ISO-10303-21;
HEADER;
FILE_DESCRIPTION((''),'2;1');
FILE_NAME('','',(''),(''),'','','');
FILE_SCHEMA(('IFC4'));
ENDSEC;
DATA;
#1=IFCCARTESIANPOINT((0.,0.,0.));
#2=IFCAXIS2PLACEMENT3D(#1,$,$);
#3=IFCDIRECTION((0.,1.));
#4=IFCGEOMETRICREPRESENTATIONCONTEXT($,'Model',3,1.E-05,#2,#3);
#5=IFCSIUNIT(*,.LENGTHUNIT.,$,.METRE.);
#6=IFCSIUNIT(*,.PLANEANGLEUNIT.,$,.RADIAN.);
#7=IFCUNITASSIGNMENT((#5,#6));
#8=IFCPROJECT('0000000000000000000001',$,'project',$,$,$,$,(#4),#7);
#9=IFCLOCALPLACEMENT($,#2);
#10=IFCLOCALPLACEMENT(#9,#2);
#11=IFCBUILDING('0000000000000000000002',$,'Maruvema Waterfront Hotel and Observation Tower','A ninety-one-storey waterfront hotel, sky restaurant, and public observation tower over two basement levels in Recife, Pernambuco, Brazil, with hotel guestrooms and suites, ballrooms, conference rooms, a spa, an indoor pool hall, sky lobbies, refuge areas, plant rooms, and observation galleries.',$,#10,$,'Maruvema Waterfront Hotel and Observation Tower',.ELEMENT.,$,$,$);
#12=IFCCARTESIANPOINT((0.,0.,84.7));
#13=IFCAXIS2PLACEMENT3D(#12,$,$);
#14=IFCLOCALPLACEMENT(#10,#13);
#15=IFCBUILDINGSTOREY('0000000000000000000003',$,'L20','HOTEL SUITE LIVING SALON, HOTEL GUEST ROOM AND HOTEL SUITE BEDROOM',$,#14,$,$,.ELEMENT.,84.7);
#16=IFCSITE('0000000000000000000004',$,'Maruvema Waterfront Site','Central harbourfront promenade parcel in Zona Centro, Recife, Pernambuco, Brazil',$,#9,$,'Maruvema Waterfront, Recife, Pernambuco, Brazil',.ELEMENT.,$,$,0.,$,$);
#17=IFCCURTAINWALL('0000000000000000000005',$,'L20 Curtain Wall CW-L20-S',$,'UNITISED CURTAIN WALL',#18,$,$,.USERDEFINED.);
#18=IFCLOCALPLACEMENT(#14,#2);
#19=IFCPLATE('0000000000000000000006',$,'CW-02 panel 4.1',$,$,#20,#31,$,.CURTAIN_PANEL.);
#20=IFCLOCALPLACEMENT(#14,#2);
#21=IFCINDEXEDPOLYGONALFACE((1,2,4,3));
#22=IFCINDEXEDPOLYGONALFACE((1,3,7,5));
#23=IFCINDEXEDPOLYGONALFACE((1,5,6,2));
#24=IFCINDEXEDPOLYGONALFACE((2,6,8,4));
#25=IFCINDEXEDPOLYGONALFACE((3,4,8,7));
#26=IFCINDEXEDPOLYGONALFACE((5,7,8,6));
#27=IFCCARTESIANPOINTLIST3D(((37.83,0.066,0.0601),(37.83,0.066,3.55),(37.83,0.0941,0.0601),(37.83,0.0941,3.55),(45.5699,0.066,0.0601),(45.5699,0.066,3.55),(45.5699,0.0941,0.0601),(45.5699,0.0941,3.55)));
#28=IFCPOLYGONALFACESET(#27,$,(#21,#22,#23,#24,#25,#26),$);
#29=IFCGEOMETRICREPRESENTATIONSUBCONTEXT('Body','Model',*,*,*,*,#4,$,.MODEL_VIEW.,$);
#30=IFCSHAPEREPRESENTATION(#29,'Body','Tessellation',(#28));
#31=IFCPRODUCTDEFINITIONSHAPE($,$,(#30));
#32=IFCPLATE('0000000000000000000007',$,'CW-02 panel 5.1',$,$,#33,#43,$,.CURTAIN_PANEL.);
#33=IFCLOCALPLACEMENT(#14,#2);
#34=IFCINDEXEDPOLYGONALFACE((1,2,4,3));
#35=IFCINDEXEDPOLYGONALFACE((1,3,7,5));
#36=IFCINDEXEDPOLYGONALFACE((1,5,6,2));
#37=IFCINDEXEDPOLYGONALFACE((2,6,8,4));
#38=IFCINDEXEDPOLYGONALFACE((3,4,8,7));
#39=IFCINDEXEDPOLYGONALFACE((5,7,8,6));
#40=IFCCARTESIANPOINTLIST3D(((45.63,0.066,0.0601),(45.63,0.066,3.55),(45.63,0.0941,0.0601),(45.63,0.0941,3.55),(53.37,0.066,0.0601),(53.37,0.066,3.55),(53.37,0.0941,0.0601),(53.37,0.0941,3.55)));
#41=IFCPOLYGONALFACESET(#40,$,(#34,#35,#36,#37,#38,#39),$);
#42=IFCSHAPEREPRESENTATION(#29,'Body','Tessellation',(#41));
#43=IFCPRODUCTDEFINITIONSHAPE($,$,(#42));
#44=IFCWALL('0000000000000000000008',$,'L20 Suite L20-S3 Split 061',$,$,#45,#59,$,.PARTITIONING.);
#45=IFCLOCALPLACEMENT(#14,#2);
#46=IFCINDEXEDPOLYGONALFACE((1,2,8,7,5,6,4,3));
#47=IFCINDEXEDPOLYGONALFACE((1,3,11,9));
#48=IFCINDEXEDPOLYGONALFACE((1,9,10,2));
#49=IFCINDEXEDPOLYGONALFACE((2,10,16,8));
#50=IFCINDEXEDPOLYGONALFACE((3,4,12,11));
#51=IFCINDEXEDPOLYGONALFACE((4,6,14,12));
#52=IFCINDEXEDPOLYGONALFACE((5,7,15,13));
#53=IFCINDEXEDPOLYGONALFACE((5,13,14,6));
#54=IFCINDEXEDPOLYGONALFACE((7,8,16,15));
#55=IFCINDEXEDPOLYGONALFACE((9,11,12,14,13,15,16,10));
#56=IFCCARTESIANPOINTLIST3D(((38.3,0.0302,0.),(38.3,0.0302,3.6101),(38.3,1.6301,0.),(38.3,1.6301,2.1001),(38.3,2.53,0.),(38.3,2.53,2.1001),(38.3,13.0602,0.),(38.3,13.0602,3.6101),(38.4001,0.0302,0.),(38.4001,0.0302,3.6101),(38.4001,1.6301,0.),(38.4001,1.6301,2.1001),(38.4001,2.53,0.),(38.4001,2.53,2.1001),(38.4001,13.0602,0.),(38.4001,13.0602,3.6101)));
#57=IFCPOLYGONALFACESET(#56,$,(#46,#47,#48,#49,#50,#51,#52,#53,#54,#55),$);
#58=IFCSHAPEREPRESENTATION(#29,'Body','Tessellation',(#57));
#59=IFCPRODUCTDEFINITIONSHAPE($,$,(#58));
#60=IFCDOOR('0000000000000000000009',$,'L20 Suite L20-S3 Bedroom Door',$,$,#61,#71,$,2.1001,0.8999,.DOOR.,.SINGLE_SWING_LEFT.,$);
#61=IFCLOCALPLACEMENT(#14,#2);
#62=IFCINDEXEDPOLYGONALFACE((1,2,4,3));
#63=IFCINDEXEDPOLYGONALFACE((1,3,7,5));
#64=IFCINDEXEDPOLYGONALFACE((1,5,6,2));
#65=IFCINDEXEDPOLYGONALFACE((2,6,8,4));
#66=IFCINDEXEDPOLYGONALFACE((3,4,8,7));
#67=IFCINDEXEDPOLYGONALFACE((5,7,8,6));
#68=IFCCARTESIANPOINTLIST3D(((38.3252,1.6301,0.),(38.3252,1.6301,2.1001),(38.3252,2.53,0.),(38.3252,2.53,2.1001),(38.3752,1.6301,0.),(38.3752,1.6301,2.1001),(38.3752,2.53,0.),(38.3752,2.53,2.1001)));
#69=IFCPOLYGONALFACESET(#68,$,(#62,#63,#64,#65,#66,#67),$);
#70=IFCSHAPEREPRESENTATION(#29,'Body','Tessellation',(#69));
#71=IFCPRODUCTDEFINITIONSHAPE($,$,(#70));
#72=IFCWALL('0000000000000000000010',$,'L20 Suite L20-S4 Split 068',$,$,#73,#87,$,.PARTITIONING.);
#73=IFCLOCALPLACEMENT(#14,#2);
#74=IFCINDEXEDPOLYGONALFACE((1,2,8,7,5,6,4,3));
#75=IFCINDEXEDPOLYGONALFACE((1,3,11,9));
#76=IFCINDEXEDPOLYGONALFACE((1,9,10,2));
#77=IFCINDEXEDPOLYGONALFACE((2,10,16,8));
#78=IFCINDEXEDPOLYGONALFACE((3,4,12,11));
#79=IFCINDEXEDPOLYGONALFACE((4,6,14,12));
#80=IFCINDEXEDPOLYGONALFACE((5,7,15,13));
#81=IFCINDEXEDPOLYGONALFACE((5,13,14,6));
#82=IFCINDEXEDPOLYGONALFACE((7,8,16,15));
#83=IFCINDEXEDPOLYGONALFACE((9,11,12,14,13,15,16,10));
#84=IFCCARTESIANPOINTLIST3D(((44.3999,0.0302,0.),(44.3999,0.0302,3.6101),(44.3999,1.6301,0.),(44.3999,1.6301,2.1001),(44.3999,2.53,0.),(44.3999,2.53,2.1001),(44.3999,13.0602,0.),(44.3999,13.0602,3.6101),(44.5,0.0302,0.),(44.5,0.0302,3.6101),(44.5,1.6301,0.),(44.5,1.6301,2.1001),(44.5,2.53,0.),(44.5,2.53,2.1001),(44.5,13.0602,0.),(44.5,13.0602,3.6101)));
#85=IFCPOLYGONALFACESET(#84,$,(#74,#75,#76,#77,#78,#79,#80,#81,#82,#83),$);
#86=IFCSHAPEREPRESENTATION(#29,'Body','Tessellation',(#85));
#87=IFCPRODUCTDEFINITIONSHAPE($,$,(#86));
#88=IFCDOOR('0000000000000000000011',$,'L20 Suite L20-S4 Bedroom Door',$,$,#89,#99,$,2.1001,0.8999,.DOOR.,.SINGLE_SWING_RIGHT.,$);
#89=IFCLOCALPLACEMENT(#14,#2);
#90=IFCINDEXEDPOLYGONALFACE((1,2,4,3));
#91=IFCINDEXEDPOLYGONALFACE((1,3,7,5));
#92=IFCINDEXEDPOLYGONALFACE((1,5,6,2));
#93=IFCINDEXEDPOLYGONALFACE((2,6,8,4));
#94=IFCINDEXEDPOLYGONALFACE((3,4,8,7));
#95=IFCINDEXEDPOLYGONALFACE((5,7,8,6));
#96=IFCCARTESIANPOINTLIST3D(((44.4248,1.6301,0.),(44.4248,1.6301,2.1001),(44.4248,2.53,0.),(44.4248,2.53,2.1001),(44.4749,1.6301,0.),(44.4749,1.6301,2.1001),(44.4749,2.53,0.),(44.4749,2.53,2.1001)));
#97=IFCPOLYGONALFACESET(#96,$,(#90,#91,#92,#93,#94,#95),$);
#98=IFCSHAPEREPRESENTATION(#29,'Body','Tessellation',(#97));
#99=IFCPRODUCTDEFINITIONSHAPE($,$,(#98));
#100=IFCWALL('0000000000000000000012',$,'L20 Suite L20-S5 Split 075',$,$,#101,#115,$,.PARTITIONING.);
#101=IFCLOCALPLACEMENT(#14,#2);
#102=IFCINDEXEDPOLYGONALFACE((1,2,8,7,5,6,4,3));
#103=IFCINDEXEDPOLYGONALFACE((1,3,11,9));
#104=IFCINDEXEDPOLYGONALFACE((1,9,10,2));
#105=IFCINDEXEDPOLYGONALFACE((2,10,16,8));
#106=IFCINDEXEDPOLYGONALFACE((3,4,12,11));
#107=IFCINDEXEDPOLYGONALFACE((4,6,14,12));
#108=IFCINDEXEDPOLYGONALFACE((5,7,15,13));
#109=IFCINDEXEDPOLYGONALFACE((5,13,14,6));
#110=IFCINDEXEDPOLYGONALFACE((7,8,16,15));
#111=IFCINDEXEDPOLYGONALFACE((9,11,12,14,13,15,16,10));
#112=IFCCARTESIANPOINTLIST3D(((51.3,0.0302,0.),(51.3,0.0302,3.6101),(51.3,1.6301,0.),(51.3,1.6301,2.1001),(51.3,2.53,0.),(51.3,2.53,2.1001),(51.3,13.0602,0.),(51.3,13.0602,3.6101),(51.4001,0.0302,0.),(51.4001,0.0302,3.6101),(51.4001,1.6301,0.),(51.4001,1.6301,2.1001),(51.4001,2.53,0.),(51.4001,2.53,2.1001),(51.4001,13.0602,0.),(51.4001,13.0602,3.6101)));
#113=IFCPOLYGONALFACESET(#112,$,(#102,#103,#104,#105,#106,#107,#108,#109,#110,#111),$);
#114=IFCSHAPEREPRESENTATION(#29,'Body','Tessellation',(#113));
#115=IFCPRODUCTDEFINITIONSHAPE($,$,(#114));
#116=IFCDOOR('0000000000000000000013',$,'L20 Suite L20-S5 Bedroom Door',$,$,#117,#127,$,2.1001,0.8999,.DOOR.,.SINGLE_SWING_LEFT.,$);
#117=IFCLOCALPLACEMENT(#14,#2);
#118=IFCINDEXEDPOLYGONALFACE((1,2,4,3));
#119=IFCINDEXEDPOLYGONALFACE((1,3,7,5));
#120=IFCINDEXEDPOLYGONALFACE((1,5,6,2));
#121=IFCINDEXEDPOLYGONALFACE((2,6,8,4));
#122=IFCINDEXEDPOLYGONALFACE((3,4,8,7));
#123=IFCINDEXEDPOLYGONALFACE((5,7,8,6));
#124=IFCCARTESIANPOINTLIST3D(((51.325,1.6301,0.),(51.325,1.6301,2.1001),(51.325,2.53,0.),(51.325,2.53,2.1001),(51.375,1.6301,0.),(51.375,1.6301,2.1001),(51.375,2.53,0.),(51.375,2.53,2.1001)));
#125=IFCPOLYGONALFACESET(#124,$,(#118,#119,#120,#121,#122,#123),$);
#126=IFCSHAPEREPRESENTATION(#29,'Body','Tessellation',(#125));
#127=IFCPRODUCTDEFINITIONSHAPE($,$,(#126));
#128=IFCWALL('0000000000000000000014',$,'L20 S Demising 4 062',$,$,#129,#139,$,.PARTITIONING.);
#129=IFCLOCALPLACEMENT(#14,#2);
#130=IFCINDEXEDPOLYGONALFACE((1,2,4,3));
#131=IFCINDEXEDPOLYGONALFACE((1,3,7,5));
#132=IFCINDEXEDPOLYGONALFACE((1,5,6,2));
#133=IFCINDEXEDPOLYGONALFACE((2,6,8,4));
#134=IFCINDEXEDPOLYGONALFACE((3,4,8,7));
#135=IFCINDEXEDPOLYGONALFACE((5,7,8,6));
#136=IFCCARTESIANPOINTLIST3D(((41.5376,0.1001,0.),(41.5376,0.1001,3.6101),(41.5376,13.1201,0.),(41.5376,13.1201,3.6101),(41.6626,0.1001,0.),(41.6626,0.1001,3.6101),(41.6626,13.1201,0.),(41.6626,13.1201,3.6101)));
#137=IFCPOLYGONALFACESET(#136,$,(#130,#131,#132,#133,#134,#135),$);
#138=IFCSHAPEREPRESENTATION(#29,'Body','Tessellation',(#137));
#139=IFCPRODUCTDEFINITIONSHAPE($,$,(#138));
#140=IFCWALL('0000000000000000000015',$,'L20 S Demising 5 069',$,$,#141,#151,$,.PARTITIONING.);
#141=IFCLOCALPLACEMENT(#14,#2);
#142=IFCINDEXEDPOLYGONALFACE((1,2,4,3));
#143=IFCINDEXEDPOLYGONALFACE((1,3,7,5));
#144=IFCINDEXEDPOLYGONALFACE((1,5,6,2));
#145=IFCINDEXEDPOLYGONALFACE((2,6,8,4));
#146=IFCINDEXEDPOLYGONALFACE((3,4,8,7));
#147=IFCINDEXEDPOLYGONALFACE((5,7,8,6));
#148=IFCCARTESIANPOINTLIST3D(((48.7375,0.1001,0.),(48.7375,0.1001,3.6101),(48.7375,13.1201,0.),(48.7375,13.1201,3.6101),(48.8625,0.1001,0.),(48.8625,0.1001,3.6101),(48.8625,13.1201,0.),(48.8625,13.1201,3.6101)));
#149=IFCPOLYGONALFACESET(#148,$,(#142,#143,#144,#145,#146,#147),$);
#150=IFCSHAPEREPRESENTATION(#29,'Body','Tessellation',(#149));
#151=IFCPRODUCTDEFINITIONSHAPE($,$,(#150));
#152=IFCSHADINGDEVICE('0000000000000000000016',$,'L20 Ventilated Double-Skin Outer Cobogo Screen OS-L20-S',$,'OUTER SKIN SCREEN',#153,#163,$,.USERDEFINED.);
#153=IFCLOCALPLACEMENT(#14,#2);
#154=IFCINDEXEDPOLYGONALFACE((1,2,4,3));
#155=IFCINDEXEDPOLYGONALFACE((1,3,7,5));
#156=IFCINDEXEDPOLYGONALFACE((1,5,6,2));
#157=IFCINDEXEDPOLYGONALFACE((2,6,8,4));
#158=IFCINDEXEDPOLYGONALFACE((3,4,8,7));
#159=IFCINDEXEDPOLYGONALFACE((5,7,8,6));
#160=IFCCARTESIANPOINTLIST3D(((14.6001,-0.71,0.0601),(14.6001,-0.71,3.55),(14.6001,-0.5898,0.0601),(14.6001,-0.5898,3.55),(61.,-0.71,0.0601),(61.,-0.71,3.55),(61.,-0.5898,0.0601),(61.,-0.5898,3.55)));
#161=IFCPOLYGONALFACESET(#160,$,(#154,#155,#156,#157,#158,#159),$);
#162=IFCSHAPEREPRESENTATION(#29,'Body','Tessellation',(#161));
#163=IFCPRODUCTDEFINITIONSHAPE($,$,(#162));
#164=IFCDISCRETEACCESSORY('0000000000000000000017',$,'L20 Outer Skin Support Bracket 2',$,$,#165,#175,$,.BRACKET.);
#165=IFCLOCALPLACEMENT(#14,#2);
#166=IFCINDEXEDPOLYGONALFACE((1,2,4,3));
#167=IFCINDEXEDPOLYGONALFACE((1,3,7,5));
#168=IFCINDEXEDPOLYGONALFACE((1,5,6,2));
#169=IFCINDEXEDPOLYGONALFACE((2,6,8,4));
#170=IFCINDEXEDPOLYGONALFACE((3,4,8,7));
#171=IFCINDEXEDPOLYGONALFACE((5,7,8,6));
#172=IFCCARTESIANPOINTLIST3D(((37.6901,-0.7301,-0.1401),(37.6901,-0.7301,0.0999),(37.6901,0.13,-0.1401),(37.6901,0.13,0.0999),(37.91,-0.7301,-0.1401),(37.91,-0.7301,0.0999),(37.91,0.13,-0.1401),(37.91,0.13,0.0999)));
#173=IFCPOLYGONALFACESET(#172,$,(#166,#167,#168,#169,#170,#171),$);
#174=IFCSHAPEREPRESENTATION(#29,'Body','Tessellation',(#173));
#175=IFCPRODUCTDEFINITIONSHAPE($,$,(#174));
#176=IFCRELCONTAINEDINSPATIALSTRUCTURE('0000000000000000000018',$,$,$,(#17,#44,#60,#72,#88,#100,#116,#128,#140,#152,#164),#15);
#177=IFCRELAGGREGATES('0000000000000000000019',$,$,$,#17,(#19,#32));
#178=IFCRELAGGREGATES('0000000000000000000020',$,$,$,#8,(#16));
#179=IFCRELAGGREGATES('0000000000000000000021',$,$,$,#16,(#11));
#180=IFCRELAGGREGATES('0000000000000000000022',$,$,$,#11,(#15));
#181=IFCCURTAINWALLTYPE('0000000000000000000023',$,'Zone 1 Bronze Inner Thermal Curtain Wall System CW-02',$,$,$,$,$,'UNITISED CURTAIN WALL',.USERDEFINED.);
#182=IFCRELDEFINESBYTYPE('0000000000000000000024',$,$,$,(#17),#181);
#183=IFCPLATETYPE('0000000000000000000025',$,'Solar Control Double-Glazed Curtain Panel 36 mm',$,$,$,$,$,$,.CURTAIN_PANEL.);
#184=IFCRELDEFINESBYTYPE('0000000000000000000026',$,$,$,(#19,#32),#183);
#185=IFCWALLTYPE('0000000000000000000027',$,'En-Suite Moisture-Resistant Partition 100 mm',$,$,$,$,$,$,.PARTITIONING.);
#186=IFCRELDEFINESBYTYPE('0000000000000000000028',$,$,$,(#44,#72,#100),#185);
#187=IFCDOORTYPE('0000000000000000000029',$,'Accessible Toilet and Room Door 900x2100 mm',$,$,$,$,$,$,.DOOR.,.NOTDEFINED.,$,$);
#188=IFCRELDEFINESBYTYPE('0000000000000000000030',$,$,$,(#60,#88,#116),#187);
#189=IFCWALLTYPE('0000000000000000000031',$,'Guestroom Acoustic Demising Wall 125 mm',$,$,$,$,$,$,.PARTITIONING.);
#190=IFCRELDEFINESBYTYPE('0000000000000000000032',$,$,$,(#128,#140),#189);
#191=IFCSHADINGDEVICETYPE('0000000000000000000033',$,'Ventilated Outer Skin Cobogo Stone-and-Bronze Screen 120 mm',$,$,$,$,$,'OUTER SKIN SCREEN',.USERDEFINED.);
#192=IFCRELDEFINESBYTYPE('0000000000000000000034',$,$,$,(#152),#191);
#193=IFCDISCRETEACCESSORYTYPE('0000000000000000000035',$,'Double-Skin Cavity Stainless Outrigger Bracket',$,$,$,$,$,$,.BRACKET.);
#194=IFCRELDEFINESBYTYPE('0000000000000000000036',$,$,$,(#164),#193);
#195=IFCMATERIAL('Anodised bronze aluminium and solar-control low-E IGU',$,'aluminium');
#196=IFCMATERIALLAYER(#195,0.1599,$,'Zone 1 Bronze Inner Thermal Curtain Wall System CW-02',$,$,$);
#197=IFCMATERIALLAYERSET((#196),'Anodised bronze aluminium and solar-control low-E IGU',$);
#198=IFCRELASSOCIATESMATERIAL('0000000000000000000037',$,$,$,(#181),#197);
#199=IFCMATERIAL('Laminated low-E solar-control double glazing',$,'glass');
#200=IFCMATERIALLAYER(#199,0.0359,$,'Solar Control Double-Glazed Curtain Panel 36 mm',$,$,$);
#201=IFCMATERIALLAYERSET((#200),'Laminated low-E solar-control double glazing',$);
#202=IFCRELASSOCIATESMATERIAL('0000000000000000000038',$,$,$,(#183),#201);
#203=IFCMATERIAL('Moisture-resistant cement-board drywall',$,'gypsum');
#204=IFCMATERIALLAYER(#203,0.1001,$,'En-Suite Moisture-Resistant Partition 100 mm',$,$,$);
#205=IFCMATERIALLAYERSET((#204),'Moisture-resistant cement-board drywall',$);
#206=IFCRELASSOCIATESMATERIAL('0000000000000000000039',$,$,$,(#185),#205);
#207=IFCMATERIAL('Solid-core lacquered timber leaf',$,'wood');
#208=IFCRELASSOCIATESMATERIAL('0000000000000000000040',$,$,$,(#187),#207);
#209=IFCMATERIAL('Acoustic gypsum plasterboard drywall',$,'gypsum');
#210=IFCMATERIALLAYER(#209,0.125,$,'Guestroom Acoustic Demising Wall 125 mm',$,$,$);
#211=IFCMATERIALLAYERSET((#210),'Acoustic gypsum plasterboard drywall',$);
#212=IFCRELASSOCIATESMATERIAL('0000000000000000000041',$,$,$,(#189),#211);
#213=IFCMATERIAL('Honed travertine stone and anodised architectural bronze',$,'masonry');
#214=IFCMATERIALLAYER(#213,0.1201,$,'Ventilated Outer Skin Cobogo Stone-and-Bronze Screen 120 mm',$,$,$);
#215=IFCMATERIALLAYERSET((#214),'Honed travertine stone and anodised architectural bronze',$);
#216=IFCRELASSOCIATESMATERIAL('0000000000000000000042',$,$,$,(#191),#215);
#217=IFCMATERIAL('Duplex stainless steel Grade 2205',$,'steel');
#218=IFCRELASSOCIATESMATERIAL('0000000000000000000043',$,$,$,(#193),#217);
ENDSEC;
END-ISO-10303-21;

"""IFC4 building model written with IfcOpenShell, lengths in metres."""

from ifc_helpers import new_model, si_unit, direction, frame, frame_2d, origin, origin_2d, place, context, subcontext, project, spatial, rectangle, extrude, material, layer, layer_set, type_object, element, fill, aggregate, save


model = new_model("IFC4")

# Units and contexts
model_context = context("Model", 3, precision=1e-05, world=origin(), true_north=direction((0.0, 1.0)))
body_context = subcontext(model_context, "Body", "Model", "MODEL_VIEW")
ifc_project = project(units=[si_unit("LENGTHUNIT", "METRE"), si_unit("PLANEANGLEUNIT", "RADIAN")], contexts=[model_context])

# Site, building, storey
site_placement = place(None, origin())
site = spatial("IfcSite", under=ifc_project, at=site_placement, Name="Maruvema Waterfront Site", Description="Central harbourfront promenade parcel in Zona Centro, Recife, Pernambuco, Brazil", LongName="Maruvema Waterfront, Recife, Pernambuco, Brazil", CompositionType="ELEMENT", RefElevation=0.0)
building_placement = place(site_placement, origin())
building = spatial("IfcBuilding", under=site, at=building_placement, Name="Maruvema Waterfront Hotel and Observation Tower", Description="A ninety-one-storey waterfront hotel, sky restaurant, and public observation tower over two basement levels in Recife, Pernambuco, Brazil, with hotel guestrooms and suites, ballrooms, conference rooms, a spa, an indoor pool hall, sky lobbies, refuge areas, plant rooms, and observation galleries.", LongName="Maruvema Waterfront Hotel and Observation Tower", CompositionType="ELEMENT")
storey_placement = place(building_placement, frame((0.0, 0.0, 84.7)))
storey = spatial("IfcBuildingStorey", under=building, at=storey_placement, Name="L20", Description="HOTEL SUITE LIVING SALON, HOTEL GUEST ROOM AND HOTEL SUITE BEDROOM", CompositionType="ELEMENT", Elevation=84.7)

# Curtain wall
ifc_material_1 = material(Name="Anodised bronze aluminium and solar-control low-E IGU", Category="aluminium")
ifc_layer_1 = layer(ifc_material_1, 0.1599, Name="Zone 1 Bronze Inner Thermal Curtain Wall System CW-02")
ifc_layer_set_1 = layer_set([ifc_layer_1], Name="Anodised bronze aluminium and solar-control low-E IGU")
curtain_wall_type = type_object("IfcCurtainWallType", Name="Zone 1 Bronze Inner Thermal Curtain Wall System CW-02", ElementType="UNITISED CURTAIN WALL", PredefinedType="USERDEFINED", material=ifc_layer_set_1)
curtain_wall_placement = place(storey_placement, origin())
curtain_wall = element("IfcCurtainWall", 1, at=curtain_wall_placement, inside=storey, type_object=curtain_wall_type, Name="L20 Curtain Wall CW-L20-S", ObjectType="UNITISED CURTAIN WALL", PredefinedType="USERDEFINED")

# Plates
ifc_material_2 = material(Name="Laminated low-E solar-control double glazing", Category="glass")
ifc_layer_2 = layer(ifc_material_2, 0.0359, Name="Solar Control Double-Glazed Curtain Panel 36 mm")
ifc_layer_set_2 = layer_set([ifc_layer_2], Name="Laminated low-E solar-control double glazing")
plate_type = type_object("IfcPlateType", Name="Solar Control Double-Glazed Curtain Panel 36 mm", PredefinedType="CURTAIN_PANEL", material=ifc_layer_set_2)
plate_1_placement = place(storey_placement, frame((41.7, 0.0801, 0.0601), z_axis=(0.0, 0.0, 1.0), x_axis=(1.0, 0.0, 0.0)))
plate_1 = element("IfcPlate", 2, at=plate_1_placement, type_object=plate_type, Name="CW-02 panel 4.1", PredefinedType="CURTAIN_PANEL", context=body_context, shape_type="SweptSolid", body=[
    extrude(rectangle(XDim=7.74, YDim=0.0281, at=origin_2d()), origin(), (0.0, 0.0, 1.0), 3.49),
])
plate_2_placement = place(storey_placement, frame((49.5, 0.0801, 0.0601), z_axis=(0.0, 0.0, 1.0), x_axis=(1.0, 0.0, 0.0)))
plate_2 = element("IfcPlate", 3, at=plate_2_placement, type_object=plate_type, Name="CW-02 panel 5.1", PredefinedType="CURTAIN_PANEL", context=body_context, shape_type="SweptSolid", body=[
    extrude(rectangle(XDim=7.74, YDim=0.0281, at=origin_2d()), origin(), (0.0, 0.0, 1.0), 3.49),
])
aggregate(curtain_wall, [plate_1, plate_2])

# Walls, openings, doors
ifc_material_3 = material(Name="Moisture-resistant cement-board drywall", Category="gypsum")
ifc_layer_3 = layer(ifc_material_3, 0.1001, Name="En-Suite Moisture-Resistant Partition 100 mm")
ifc_layer_set_3 = layer_set([ifc_layer_3], Name="Moisture-resistant cement-board drywall")
wall_type_1 = type_object("IfcWallType", Name="En-Suite Moisture-Resistant Partition 100 mm", PredefinedType="PARTITIONING", material=ifc_layer_set_3)
wall_1_placement = place(storey_placement, frame((38.3501, 0.03, 0.0), z_axis=(0.0, 0.0, 1.0), x_axis=(0.0, 1.0, 0.0)))
wall_1 = element("IfcWall", 4, at=wall_1_placement, inside=storey, type_object=wall_type_1, Name="L20 Suite L20-S3 Split 061", PredefinedType="PARTITIONING", context=body_context, shape_type="SweptSolid", body=[
    extrude(rectangle(XDim=13.03, YDim=0.1001, at=frame_2d((6.5151, 0.0))), origin(), (0.0, 0.0, 1.0), 3.6101),
])
opening_1_placement = place(wall_1_placement, frame((1.6001, 0.0, 0.0)))
opening_1 = element("IfcOpeningElement", 5, at=opening_1_placement, cuts=wall_1, PredefinedType="OPENING", context=body_context, shape_type="SweptSolid", body=[
    extrude(rectangle(XDim=0.8999, YDim=2.1001, at=frame_2d((0.45, 1.05))), frame((0.0, 0.0601, 0.0), z_axis=(0.0, -1.0, 0.0), x_axis=(1.0, 0.0, 0.0)), (0.0, 0.0, 1.0), 0.1201),
])
ifc_material_4 = material(Name="Solid-core lacquered timber leaf", Category="wood")
door_type = type_object("IfcDoorType", Name="Accessible Toilet and Room Door 900x2100 mm", OperationType="NOTDEFINED", PredefinedType="DOOR", material=ifc_material_4)
door_1_placement = place(opening_1_placement, origin())
door_1 = element("IfcDoor", 6, at=door_1_placement, inside=storey, type_object=door_type, Name="L20 Suite L20-S3 Bedroom Door", OperationType="SINGLE_SWING_LEFT", OverallHeight=2.1001, OverallWidth=0.8999, PredefinedType="DOOR", context=body_context, shape_type="SweptSolid", body=[
    extrude(rectangle(XDim=0.8999, YDim=2.1001, at=frame_2d((0.45, 1.05))), frame((0.0, 0.0249, 0.0), z_axis=(0.0, -1.0, 0.0), x_axis=(1.0, 0.0, 0.0)), (0.0, 0.0, 1.0), 0.05),
])
fill(opening_1, door_1)
wall_2_placement = place(storey_placement, frame((44.45, 0.03, 0.0), z_axis=(0.0, 0.0, 1.0), x_axis=(0.0, 1.0, 0.0)))
wall_2 = element("IfcWall", 7, at=wall_2_placement, inside=storey, type_object=wall_type_1, Name="L20 Suite L20-S4 Split 068", PredefinedType="PARTITIONING", context=body_context, shape_type="SweptSolid", body=[
    extrude(rectangle(XDim=13.03, YDim=0.1001, at=frame_2d((6.5151, 0.0))), origin(), (0.0, 0.0, 1.0), 3.6101),
])
opening_2_placement = place(wall_2_placement, frame((1.6001, 0.0, 0.0)))
opening_2 = element("IfcOpeningElement", 8, at=opening_2_placement, cuts=wall_2, PredefinedType="OPENING", context=body_context, shape_type="SweptSolid", body=[
    extrude(rectangle(XDim=0.8999, YDim=2.1001, at=frame_2d((0.45, 1.05))), frame((0.0, 0.0601, 0.0), z_axis=(0.0, -1.0, 0.0), x_axis=(1.0, 0.0, 0.0)), (0.0, 0.0, 1.0), 0.1201),
])
door_2_placement = place(opening_2_placement, frame((0.8999, 0.0, 0.0), z_axis=(0.0, 0.0, 1.0), x_axis=(-1.0, 0.0, 0.0)))
door_2 = element("IfcDoor", 9, at=door_2_placement, inside=storey, type_object=door_type, Name="L20 Suite L20-S4 Bedroom Door", OperationType="SINGLE_SWING_RIGHT", OverallHeight=2.1001, OverallWidth=0.8999, PredefinedType="DOOR", context=body_context, shape_type="SweptSolid", body=[
    extrude(rectangle(XDim=0.8999, YDim=2.1001, at=frame_2d((0.45, 1.05))), frame((0.0, 0.0249, 0.0), z_axis=(0.0, -1.0, 0.0), x_axis=(1.0, 0.0, 0.0)), (0.0, 0.0, 1.0), 0.05),
])
fill(opening_2, door_2)
wall_3_placement = place(storey_placement, frame((51.3501, 0.03, 0.0), z_axis=(0.0, 0.0, 1.0), x_axis=(0.0, 1.0, 0.0)))
wall_3 = element("IfcWall", 10, at=wall_3_placement, inside=storey, type_object=wall_type_1, Name="L20 Suite L20-S5 Split 075", PredefinedType="PARTITIONING", context=body_context, shape_type="SweptSolid", body=[
    extrude(rectangle(XDim=13.03, YDim=0.1001, at=frame_2d((6.5151, 0.0))), origin(), (0.0, 0.0, 1.0), 3.6101),
])
opening_3_placement = place(wall_3_placement, frame((1.6001, 0.0, 0.0)))
opening_3 = element("IfcOpeningElement", 11, at=opening_3_placement, cuts=wall_3, PredefinedType="OPENING", context=body_context, shape_type="SweptSolid", body=[
    extrude(rectangle(XDim=0.8999, YDim=2.1001, at=frame_2d((0.45, 1.05))), frame((0.0, 0.0601, 0.0), z_axis=(0.0, -1.0, 0.0), x_axis=(1.0, 0.0, 0.0)), (0.0, 0.0, 1.0), 0.1201),
])
door_3_placement = place(opening_3_placement, frame((0.8999, 0.0, 0.0), z_axis=(0.0, 0.0, 1.0), x_axis=(-1.0, 0.0, 0.0)))
door_3 = element("IfcDoor", 12, at=door_3_placement, inside=storey, type_object=door_type, Name="L20 Suite L20-S5 Bedroom Door", OperationType="SINGLE_SWING_LEFT", OverallHeight=2.1001, OverallWidth=0.8999, PredefinedType="DOOR", context=body_context, shape_type="SweptSolid", body=[
    extrude(rectangle(XDim=0.8999, YDim=2.1001, at=frame_2d((0.45, 1.05))), frame((0.0, 0.0249, 0.0), z_axis=(0.0, -1.0, 0.0), x_axis=(1.0, 0.0, 0.0)), (0.0, 0.0, 1.0), 0.05),
])
fill(opening_3, door_3)

# Walls
ifc_material_5 = material(Name="Acoustic gypsum plasterboard drywall", Category="gypsum")
ifc_layer_4 = layer(ifc_material_5, 0.125, Name="Guestroom Acoustic Demising Wall 125 mm")
ifc_layer_set_4 = layer_set([ifc_layer_4], Name="Acoustic gypsum plasterboard drywall")
wall_type_2 = type_object("IfcWallType", Name="Guestroom Acoustic Demising Wall 125 mm", PredefinedType="PARTITIONING", material=ifc_layer_set_4)
for number, where, z_axis, x_axis, name in (
    (13, (41.6001, 0.1001, 0.0), (0.0, 0.0, 1.0), (0.0, 1.0, 0.0), "L20 S Demising 4 062"),
    (14, (48.8, 0.1001, 0.0), (0.0, 0.0, 1.0), (0.0, 1.0, 0.0), "L20 S Demising 5 069"),
):
    element("IfcWall", number, at=place(storey_placement, frame(where, z_axis=z_axis, x_axis=x_axis)), inside=storey, type_object=wall_type_2, Name=name, PredefinedType="PARTITIONING", context=body_context, shape_type="SweptSolid", body=[
        extrude(rectangle(XDim=13.02, YDim=0.125, at=frame_2d((6.51, 0.0))), origin(), (0.0, 0.0, 1.0), 3.6101),
    ])

# Shading device
ifc_material_6 = material(Name="Honed travertine stone and anodised architectural bronze", Category="masonry")
ifc_layer_5 = layer(ifc_material_6, 0.1201, Name="Ventilated Outer Skin Cobogo Stone-and-Bronze Screen 120 mm")
ifc_layer_set_5 = layer_set([ifc_layer_5], Name="Honed travertine stone and anodised architectural bronze")
shading_device_type = type_object("IfcShadingDeviceType", Name="Ventilated Outer Skin Cobogo Stone-and-Bronze Screen 120 mm", ElementType="OUTER SKIN SCREEN", PredefinedType="USERDEFINED", material=ifc_layer_set_5)
shading_device_placement = place(storey_placement, frame((37.8, -0.6499, 0.0601), z_axis=(0.0, 0.0, 1.0), x_axis=(1.0, 0.0, 0.0)))
element("IfcShadingDevice", 15, at=shading_device_placement, inside=storey, type_object=shading_device_type, Name="L20 Ventilated Double-Skin Outer Cobogo Screen OS-L20-S", ObjectType="OUTER SKIN SCREEN", PredefinedType="USERDEFINED", context=body_context, shape_type="SweptSolid", body=[
    extrude(rectangle(XDim=46.3999, YDim=0.1201, at=origin_2d()), origin(), (0.0, 0.0, 1.0), 3.49),
])

# Discrete accessory
ifc_material_7 = material(Name="Duplex stainless steel Grade 2205", Category="steel")
discrete_accessory_type = type_object("IfcDiscreteAccessoryType", Name="Double-Skin Cavity Stainless Outrigger Bracket", PredefinedType="BRACKET", material=ifc_material_7)
for number, where, z_axis, x_axis, name in (
    (16, (37.8, -0.3, -0.1401), (0.0, 0.0, 1.0), (1.0, 0.0, 0.0), "L20 Outer Skin Support Bracket 2"),
):
    element("IfcDiscreteAccessory", number, at=place(storey_placement, frame(where, z_axis=z_axis, x_axis=x_axis)), inside=storey, type_object=discrete_accessory_type, Name=name, PredefinedType="BRACKET", context=body_context, shape_type="SweptSolid", body=[
        extrude(rectangle(XDim=0.22, YDim=0.8601, at=origin_2d()), origin(), (0.0, 0.0, 1.0), 0.24),
    ])

save(model, "model.ifc")
